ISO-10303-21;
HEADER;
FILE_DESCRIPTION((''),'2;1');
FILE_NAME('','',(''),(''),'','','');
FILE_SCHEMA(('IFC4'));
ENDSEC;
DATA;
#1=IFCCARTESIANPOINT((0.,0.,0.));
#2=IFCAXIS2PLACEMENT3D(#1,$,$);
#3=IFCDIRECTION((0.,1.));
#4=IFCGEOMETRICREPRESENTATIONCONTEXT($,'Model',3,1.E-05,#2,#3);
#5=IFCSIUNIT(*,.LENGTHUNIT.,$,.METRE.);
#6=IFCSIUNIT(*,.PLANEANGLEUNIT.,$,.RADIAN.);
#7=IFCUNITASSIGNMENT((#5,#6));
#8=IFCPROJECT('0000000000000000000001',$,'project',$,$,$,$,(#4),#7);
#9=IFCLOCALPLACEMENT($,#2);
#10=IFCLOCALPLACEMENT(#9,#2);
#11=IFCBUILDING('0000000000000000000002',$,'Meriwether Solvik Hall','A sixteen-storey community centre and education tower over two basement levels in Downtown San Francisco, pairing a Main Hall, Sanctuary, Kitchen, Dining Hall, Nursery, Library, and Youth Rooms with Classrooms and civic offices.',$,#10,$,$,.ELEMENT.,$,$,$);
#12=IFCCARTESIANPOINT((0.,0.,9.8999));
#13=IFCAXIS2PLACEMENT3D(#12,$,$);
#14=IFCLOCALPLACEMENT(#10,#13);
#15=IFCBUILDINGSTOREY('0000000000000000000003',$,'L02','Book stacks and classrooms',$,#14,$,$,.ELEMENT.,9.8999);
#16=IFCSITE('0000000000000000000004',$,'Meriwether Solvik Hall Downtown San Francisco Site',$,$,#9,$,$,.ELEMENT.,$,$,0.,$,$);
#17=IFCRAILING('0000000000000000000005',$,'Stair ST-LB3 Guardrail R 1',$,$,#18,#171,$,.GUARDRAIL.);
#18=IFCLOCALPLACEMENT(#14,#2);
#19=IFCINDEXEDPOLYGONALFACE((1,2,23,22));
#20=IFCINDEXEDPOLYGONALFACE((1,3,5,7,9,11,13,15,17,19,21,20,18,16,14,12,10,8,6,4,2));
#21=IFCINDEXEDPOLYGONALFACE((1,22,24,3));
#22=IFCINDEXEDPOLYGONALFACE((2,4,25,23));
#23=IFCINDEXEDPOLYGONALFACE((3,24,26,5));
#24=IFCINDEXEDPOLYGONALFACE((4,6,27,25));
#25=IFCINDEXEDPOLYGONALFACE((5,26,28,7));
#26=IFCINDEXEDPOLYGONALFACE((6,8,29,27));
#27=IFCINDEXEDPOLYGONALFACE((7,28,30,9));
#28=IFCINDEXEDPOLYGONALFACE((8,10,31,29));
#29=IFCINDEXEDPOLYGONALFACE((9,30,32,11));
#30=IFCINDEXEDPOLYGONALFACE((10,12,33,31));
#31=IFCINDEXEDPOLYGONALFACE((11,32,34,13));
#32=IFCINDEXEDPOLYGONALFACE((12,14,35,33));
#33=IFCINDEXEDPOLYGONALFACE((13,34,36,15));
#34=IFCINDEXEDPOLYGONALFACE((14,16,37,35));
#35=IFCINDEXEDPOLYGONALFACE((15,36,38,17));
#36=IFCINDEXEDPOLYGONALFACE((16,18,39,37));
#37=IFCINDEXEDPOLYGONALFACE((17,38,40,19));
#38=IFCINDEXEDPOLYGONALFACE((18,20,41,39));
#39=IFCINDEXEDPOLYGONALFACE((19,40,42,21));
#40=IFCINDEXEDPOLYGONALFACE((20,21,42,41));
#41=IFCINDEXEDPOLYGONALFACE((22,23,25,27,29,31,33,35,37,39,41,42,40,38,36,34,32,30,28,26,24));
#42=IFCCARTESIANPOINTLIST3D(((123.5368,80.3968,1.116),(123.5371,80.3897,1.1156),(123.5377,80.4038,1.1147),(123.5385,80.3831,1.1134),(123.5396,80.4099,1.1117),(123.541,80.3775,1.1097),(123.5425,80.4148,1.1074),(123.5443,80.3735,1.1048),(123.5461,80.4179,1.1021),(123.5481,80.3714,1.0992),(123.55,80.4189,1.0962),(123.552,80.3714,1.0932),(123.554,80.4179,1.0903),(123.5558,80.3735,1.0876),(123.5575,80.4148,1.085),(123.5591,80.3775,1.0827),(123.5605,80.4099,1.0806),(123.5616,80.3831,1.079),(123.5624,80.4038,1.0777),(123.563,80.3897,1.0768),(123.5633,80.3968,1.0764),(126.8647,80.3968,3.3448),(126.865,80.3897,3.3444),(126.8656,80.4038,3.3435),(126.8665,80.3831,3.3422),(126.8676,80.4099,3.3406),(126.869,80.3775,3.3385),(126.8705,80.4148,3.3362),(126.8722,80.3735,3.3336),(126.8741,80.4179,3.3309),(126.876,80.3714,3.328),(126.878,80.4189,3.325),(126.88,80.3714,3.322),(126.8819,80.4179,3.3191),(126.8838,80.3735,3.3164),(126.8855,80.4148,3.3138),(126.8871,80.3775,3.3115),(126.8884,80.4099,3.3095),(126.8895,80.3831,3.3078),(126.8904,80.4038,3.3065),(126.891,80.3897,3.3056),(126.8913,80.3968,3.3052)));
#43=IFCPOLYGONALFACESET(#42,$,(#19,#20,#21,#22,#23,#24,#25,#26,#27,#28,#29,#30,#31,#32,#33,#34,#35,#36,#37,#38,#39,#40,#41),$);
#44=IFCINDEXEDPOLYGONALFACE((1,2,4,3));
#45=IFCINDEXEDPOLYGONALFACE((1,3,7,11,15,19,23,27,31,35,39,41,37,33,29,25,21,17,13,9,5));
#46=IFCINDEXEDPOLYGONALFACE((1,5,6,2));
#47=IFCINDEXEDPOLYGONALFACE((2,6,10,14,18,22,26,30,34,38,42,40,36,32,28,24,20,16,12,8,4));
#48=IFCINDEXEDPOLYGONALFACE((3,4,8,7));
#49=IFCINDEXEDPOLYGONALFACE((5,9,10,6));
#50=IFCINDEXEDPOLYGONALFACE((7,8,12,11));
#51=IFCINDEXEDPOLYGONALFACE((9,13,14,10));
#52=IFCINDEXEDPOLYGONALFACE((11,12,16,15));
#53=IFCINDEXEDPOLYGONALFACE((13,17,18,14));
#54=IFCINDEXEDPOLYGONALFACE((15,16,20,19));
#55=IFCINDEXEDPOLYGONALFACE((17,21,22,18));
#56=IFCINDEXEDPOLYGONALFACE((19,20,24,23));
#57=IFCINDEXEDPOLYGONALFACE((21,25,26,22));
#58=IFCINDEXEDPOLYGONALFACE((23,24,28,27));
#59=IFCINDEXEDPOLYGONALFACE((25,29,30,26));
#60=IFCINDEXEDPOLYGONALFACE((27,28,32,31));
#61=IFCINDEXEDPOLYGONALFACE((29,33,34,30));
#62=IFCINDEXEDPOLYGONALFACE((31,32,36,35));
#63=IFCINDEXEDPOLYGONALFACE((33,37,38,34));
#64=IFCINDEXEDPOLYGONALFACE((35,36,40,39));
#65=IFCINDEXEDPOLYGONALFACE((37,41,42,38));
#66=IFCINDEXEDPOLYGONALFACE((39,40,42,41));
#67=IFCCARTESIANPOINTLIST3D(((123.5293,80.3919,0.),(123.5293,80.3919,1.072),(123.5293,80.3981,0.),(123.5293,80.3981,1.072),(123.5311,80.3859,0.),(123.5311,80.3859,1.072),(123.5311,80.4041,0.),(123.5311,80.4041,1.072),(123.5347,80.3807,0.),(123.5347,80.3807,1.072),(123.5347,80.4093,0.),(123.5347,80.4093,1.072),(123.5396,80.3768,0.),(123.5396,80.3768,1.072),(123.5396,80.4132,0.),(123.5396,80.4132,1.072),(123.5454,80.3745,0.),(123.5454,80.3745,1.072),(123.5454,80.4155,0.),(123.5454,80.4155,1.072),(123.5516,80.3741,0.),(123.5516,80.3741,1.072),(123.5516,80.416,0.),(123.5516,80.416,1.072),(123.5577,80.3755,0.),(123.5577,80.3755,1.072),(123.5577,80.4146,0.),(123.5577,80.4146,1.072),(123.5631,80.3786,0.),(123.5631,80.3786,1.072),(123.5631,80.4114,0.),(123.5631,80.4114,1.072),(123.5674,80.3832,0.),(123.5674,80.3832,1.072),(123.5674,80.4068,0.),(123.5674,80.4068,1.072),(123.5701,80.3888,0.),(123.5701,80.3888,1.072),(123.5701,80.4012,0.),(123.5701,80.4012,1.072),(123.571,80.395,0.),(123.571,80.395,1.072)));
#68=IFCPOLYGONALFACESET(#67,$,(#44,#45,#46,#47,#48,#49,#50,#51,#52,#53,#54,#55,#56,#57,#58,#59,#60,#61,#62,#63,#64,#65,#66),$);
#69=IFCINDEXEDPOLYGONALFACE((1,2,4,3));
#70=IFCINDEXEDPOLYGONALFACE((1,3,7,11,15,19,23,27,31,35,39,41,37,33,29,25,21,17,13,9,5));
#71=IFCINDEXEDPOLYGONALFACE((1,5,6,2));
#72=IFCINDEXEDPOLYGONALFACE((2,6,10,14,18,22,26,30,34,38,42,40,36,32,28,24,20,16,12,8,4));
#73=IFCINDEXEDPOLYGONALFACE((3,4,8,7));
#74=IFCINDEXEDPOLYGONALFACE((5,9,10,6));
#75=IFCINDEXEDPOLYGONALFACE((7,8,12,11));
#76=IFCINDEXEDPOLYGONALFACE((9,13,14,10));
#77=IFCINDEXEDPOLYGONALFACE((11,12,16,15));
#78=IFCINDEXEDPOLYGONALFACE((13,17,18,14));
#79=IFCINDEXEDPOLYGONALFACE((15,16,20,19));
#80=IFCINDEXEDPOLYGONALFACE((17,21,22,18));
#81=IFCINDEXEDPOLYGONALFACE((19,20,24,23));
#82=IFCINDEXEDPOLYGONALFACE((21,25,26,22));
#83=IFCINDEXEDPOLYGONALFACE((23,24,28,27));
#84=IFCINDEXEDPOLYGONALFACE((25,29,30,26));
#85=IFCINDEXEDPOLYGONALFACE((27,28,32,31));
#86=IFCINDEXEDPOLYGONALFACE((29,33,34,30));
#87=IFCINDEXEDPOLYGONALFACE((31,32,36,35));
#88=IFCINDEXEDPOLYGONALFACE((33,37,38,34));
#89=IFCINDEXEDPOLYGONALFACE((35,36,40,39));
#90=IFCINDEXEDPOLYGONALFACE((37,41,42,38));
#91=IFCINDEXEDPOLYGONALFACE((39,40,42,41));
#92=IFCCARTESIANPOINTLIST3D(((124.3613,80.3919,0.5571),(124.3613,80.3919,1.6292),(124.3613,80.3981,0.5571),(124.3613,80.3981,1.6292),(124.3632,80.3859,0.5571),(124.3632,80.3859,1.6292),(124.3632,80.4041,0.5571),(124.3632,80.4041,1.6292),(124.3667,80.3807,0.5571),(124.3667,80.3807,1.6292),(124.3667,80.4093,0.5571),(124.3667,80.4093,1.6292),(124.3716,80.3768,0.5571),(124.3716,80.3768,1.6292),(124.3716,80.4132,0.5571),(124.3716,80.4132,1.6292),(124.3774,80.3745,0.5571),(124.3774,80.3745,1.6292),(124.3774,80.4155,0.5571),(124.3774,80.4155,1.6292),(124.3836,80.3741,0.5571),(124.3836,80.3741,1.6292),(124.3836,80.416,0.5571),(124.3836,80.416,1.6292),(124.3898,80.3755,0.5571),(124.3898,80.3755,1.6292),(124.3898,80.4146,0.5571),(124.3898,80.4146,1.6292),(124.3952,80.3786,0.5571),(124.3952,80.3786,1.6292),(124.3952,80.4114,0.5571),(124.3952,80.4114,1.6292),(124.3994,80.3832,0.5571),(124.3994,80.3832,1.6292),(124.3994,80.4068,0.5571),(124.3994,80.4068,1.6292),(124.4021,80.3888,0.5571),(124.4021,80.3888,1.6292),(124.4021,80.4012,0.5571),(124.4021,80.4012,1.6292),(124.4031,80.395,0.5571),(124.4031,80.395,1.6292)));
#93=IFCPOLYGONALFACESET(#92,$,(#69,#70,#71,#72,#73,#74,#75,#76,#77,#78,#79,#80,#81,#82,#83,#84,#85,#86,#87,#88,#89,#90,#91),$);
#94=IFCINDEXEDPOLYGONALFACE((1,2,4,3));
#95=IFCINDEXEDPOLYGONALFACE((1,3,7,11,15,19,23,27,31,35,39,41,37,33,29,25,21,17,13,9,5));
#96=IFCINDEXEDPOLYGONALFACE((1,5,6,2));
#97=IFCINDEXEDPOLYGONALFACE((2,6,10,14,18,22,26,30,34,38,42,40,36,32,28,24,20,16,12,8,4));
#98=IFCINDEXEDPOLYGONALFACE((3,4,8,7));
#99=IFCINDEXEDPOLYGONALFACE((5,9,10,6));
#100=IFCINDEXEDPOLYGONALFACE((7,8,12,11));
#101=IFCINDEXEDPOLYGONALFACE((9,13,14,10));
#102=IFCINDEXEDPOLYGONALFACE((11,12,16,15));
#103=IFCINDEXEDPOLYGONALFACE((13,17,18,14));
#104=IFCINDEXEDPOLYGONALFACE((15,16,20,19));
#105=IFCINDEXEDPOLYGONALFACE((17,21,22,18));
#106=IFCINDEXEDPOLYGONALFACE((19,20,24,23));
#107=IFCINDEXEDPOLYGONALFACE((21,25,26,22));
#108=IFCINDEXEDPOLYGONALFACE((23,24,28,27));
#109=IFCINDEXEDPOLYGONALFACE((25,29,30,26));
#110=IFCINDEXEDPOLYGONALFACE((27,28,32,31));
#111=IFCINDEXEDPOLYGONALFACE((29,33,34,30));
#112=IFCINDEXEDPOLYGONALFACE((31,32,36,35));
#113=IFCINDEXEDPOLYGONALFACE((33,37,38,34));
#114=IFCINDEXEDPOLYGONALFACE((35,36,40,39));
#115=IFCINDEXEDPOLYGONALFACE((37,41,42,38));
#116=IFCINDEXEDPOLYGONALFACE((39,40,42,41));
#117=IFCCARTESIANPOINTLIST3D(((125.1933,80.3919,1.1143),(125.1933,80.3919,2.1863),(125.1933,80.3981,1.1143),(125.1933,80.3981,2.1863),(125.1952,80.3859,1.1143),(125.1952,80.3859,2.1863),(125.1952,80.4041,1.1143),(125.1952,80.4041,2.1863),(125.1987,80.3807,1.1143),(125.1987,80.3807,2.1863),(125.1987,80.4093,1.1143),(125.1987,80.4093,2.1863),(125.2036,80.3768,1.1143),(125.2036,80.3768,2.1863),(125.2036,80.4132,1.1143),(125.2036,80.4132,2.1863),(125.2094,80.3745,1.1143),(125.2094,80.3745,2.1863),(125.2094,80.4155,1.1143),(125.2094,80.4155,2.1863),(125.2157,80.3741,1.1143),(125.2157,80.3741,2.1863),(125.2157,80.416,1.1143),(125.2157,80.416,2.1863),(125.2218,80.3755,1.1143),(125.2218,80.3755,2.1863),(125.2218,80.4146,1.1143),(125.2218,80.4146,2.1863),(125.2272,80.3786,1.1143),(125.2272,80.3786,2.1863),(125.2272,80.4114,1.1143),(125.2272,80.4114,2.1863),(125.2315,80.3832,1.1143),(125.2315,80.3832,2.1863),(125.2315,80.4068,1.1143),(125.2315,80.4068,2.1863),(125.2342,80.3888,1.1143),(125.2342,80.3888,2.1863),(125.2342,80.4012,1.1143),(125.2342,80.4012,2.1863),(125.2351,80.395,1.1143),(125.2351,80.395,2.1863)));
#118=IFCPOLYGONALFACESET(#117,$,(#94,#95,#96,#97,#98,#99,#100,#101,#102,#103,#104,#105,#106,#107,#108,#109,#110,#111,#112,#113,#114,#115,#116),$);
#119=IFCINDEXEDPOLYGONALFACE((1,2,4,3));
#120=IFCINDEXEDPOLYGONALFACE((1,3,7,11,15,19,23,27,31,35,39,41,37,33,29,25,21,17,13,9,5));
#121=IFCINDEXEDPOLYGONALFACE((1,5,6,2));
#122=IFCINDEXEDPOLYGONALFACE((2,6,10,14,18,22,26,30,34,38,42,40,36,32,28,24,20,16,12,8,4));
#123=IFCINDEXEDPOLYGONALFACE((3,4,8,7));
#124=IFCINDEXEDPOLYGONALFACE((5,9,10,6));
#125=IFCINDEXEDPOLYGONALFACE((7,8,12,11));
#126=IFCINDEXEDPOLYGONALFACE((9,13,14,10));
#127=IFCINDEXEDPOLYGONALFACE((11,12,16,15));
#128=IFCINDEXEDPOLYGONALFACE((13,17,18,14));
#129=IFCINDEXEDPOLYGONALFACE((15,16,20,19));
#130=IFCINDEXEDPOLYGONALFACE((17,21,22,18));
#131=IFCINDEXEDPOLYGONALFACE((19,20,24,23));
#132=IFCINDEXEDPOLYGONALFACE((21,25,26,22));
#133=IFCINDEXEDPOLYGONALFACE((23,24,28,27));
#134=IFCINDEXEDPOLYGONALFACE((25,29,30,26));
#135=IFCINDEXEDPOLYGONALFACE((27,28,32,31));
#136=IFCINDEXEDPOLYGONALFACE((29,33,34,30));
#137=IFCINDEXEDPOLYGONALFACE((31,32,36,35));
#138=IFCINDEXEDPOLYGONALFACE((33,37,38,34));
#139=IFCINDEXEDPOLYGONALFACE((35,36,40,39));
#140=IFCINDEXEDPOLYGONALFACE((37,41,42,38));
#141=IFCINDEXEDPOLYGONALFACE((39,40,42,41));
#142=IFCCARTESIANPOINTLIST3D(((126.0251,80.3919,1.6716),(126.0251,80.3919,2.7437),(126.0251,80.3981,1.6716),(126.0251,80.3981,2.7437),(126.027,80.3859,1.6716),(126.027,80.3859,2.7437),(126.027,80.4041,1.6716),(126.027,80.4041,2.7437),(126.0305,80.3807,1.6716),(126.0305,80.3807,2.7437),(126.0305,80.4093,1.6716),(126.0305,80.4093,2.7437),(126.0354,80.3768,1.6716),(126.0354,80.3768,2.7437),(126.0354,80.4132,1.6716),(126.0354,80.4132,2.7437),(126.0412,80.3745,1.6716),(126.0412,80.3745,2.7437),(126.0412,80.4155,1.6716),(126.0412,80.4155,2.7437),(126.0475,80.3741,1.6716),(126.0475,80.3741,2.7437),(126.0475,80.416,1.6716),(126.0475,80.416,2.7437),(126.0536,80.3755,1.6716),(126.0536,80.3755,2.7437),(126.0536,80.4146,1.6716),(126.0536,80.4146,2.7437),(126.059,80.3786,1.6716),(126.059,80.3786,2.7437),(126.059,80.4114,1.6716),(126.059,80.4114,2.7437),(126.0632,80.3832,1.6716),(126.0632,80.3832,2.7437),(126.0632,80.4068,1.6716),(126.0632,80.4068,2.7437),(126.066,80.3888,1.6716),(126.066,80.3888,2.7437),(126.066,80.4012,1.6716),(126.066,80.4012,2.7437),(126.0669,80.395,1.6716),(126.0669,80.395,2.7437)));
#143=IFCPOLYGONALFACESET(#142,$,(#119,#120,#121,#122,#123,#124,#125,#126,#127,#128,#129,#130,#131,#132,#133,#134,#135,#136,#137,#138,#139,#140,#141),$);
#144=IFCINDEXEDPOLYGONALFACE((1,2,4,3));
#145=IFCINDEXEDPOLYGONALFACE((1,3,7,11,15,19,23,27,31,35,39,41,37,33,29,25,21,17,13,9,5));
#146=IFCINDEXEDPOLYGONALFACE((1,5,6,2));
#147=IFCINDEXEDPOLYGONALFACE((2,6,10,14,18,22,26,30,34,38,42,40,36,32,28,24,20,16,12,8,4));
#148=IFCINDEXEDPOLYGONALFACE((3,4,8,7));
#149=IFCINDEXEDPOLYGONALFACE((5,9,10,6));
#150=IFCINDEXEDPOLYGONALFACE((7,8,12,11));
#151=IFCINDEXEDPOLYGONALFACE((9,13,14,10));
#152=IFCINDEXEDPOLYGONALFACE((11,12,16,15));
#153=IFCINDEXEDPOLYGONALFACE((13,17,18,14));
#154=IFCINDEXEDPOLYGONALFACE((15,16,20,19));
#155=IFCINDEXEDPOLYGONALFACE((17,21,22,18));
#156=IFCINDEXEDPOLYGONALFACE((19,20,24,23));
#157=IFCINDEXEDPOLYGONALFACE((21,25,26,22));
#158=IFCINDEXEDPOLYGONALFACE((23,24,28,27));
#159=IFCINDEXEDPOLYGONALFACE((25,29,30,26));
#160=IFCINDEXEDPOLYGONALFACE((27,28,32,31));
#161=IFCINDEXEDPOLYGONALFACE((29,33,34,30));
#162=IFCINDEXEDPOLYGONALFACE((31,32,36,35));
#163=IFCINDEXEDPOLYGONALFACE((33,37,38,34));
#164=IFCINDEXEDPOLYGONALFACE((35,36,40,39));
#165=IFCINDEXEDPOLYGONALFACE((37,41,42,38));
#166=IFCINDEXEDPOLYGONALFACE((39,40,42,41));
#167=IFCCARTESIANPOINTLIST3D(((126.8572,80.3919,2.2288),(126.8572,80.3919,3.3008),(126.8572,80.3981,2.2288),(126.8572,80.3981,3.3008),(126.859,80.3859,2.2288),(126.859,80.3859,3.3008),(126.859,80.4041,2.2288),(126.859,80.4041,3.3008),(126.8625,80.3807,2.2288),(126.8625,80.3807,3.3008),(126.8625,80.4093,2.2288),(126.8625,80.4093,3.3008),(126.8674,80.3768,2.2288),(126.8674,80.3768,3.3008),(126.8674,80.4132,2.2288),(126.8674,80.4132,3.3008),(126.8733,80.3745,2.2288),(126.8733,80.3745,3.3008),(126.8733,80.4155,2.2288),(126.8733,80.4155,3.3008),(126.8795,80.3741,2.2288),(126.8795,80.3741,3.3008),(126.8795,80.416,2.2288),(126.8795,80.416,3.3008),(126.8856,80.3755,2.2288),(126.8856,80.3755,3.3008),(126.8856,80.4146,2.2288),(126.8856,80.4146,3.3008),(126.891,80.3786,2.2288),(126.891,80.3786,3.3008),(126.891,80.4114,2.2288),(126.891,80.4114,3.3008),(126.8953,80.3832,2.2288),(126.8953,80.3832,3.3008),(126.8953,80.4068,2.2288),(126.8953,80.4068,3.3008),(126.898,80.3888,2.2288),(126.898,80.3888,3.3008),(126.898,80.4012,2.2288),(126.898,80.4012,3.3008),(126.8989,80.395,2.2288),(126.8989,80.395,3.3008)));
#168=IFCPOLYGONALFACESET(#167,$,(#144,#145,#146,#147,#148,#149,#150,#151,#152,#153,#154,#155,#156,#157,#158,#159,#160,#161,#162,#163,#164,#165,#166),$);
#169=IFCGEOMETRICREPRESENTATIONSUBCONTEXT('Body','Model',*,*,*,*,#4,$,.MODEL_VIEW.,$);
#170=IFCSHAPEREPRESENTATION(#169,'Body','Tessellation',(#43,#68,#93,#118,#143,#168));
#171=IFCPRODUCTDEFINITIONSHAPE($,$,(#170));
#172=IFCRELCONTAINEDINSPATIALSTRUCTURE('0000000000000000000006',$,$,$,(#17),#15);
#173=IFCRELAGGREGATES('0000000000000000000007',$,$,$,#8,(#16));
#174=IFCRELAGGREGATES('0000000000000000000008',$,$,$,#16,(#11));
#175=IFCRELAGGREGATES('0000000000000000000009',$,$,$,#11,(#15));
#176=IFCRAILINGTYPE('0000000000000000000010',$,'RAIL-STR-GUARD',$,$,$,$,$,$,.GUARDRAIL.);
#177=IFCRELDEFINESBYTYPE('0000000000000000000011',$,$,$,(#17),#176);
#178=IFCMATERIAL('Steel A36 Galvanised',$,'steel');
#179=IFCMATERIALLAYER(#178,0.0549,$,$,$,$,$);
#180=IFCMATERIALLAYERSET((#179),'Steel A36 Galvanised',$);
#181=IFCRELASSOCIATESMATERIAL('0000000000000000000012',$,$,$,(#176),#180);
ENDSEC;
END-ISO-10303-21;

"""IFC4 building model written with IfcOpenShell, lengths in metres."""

from ifc_helpers import new_model, si_unit, direction, frame, origin, origin_2d, place, context, subcontext, project, spatial, circle, extrude, material, layer, layer_set, type_object, element, save


model = new_model("IFC4")

# Units and contexts
model_context = context("Model", 3, precision=1e-05, world=origin(), true_north=direction((0.0, 1.0)))
body_context = subcontext(model_context, "Body", "Model", "MODEL_VIEW")
ifc_project = project(units=[si_unit("LENGTHUNIT", "METRE"), si_unit("PLANEANGLEUNIT", "RADIAN")], contexts=[model_context])

# Site, building, storey
site_placement = place(None, origin())
site = spatial("IfcSite", under=ifc_project, at=site_placement, Name="Meriwether Solvik Hall Downtown San Francisco Site", CompositionType="ELEMENT", RefElevation=0.0)
building_placement = place(site_placement, origin())
building = spatial("IfcBuilding", under=site, at=building_placement, Name="Meriwether Solvik Hall", Description="A sixteen-storey community centre and education tower over two basement levels in Downtown San Francisco, pairing a Main Hall, Sanctuary, Kitchen, Dining Hall, Nursery, Library, and Youth Rooms with Classrooms and civic offices.", CompositionType="ELEMENT")
storey_placement = place(building_placement, frame((0.0, 0.0, 9.8999)))
storey = spatial("IfcBuildingStorey", under=building, at=storey_placement, Name="L02", Description="Book stacks and classrooms", CompositionType="ELEMENT", Elevation=9.8999)

# Railing
ifc_material_1 = material(Name="Steel A36 Galvanised", Category="steel")
ifc_layer_1 = layer(ifc_material_1, 0.0549)
ifc_layer_set_1 = layer_set([ifc_layer_1], Name="Steel A36 Galvanised")
railing_type_1 = type_object("IfcRailingType", Name="RAIL-STR-GUARD", PredefinedType="GUARDRAIL", material=ifc_layer_set_1)
railing_1_placement = place(storey_placement, frame((123.55, 80.395, 0.0)))
element("IfcRailing", 1, at=railing_1_placement, inside=storey, type_object=railing_type_1, Name="Stair ST-LB3 Guardrail R 1", PredefinedType="GUARDRAIL", context=body_context, shape_type="SweptSolid", body=[
    extrude(circle(Radius=0.0239, at=origin_2d()), frame((0.0, 0.0, 1.0962), z_axis=(0.830876, 0.0, 0.556457), x_axis=(0.0, 1.0, 0.0)), (0.0, 0.0, 1.0), 4.0054),
    extrude(circle(Radius=0.021, at=origin_2d()), origin(), (0.0, 0.0, 1.0), 1.072),
    extrude(circle(Radius=0.021, at=origin_2d()), frame((0.832, 0.0, 0.5571)), (0.0, 0.0, 1.0), 1.072),
    extrude(circle(Radius=0.021, at=origin_2d()), frame((1.6641, 0.0, 1.1143)), (0.0, 0.0, 1.0), 1.072),
    extrude(circle(Radius=0.021, at=origin_2d()), frame((2.4958, 0.0, 1.6716)), (0.0, 0.0, 1.0), 1.072),
    extrude(circle(Radius=0.021, at=origin_2d()), frame((3.3279, 0.0, 2.2288)), (0.0, 0.0, 1.0), 1.072),
])

save(model, "model.ifc")
